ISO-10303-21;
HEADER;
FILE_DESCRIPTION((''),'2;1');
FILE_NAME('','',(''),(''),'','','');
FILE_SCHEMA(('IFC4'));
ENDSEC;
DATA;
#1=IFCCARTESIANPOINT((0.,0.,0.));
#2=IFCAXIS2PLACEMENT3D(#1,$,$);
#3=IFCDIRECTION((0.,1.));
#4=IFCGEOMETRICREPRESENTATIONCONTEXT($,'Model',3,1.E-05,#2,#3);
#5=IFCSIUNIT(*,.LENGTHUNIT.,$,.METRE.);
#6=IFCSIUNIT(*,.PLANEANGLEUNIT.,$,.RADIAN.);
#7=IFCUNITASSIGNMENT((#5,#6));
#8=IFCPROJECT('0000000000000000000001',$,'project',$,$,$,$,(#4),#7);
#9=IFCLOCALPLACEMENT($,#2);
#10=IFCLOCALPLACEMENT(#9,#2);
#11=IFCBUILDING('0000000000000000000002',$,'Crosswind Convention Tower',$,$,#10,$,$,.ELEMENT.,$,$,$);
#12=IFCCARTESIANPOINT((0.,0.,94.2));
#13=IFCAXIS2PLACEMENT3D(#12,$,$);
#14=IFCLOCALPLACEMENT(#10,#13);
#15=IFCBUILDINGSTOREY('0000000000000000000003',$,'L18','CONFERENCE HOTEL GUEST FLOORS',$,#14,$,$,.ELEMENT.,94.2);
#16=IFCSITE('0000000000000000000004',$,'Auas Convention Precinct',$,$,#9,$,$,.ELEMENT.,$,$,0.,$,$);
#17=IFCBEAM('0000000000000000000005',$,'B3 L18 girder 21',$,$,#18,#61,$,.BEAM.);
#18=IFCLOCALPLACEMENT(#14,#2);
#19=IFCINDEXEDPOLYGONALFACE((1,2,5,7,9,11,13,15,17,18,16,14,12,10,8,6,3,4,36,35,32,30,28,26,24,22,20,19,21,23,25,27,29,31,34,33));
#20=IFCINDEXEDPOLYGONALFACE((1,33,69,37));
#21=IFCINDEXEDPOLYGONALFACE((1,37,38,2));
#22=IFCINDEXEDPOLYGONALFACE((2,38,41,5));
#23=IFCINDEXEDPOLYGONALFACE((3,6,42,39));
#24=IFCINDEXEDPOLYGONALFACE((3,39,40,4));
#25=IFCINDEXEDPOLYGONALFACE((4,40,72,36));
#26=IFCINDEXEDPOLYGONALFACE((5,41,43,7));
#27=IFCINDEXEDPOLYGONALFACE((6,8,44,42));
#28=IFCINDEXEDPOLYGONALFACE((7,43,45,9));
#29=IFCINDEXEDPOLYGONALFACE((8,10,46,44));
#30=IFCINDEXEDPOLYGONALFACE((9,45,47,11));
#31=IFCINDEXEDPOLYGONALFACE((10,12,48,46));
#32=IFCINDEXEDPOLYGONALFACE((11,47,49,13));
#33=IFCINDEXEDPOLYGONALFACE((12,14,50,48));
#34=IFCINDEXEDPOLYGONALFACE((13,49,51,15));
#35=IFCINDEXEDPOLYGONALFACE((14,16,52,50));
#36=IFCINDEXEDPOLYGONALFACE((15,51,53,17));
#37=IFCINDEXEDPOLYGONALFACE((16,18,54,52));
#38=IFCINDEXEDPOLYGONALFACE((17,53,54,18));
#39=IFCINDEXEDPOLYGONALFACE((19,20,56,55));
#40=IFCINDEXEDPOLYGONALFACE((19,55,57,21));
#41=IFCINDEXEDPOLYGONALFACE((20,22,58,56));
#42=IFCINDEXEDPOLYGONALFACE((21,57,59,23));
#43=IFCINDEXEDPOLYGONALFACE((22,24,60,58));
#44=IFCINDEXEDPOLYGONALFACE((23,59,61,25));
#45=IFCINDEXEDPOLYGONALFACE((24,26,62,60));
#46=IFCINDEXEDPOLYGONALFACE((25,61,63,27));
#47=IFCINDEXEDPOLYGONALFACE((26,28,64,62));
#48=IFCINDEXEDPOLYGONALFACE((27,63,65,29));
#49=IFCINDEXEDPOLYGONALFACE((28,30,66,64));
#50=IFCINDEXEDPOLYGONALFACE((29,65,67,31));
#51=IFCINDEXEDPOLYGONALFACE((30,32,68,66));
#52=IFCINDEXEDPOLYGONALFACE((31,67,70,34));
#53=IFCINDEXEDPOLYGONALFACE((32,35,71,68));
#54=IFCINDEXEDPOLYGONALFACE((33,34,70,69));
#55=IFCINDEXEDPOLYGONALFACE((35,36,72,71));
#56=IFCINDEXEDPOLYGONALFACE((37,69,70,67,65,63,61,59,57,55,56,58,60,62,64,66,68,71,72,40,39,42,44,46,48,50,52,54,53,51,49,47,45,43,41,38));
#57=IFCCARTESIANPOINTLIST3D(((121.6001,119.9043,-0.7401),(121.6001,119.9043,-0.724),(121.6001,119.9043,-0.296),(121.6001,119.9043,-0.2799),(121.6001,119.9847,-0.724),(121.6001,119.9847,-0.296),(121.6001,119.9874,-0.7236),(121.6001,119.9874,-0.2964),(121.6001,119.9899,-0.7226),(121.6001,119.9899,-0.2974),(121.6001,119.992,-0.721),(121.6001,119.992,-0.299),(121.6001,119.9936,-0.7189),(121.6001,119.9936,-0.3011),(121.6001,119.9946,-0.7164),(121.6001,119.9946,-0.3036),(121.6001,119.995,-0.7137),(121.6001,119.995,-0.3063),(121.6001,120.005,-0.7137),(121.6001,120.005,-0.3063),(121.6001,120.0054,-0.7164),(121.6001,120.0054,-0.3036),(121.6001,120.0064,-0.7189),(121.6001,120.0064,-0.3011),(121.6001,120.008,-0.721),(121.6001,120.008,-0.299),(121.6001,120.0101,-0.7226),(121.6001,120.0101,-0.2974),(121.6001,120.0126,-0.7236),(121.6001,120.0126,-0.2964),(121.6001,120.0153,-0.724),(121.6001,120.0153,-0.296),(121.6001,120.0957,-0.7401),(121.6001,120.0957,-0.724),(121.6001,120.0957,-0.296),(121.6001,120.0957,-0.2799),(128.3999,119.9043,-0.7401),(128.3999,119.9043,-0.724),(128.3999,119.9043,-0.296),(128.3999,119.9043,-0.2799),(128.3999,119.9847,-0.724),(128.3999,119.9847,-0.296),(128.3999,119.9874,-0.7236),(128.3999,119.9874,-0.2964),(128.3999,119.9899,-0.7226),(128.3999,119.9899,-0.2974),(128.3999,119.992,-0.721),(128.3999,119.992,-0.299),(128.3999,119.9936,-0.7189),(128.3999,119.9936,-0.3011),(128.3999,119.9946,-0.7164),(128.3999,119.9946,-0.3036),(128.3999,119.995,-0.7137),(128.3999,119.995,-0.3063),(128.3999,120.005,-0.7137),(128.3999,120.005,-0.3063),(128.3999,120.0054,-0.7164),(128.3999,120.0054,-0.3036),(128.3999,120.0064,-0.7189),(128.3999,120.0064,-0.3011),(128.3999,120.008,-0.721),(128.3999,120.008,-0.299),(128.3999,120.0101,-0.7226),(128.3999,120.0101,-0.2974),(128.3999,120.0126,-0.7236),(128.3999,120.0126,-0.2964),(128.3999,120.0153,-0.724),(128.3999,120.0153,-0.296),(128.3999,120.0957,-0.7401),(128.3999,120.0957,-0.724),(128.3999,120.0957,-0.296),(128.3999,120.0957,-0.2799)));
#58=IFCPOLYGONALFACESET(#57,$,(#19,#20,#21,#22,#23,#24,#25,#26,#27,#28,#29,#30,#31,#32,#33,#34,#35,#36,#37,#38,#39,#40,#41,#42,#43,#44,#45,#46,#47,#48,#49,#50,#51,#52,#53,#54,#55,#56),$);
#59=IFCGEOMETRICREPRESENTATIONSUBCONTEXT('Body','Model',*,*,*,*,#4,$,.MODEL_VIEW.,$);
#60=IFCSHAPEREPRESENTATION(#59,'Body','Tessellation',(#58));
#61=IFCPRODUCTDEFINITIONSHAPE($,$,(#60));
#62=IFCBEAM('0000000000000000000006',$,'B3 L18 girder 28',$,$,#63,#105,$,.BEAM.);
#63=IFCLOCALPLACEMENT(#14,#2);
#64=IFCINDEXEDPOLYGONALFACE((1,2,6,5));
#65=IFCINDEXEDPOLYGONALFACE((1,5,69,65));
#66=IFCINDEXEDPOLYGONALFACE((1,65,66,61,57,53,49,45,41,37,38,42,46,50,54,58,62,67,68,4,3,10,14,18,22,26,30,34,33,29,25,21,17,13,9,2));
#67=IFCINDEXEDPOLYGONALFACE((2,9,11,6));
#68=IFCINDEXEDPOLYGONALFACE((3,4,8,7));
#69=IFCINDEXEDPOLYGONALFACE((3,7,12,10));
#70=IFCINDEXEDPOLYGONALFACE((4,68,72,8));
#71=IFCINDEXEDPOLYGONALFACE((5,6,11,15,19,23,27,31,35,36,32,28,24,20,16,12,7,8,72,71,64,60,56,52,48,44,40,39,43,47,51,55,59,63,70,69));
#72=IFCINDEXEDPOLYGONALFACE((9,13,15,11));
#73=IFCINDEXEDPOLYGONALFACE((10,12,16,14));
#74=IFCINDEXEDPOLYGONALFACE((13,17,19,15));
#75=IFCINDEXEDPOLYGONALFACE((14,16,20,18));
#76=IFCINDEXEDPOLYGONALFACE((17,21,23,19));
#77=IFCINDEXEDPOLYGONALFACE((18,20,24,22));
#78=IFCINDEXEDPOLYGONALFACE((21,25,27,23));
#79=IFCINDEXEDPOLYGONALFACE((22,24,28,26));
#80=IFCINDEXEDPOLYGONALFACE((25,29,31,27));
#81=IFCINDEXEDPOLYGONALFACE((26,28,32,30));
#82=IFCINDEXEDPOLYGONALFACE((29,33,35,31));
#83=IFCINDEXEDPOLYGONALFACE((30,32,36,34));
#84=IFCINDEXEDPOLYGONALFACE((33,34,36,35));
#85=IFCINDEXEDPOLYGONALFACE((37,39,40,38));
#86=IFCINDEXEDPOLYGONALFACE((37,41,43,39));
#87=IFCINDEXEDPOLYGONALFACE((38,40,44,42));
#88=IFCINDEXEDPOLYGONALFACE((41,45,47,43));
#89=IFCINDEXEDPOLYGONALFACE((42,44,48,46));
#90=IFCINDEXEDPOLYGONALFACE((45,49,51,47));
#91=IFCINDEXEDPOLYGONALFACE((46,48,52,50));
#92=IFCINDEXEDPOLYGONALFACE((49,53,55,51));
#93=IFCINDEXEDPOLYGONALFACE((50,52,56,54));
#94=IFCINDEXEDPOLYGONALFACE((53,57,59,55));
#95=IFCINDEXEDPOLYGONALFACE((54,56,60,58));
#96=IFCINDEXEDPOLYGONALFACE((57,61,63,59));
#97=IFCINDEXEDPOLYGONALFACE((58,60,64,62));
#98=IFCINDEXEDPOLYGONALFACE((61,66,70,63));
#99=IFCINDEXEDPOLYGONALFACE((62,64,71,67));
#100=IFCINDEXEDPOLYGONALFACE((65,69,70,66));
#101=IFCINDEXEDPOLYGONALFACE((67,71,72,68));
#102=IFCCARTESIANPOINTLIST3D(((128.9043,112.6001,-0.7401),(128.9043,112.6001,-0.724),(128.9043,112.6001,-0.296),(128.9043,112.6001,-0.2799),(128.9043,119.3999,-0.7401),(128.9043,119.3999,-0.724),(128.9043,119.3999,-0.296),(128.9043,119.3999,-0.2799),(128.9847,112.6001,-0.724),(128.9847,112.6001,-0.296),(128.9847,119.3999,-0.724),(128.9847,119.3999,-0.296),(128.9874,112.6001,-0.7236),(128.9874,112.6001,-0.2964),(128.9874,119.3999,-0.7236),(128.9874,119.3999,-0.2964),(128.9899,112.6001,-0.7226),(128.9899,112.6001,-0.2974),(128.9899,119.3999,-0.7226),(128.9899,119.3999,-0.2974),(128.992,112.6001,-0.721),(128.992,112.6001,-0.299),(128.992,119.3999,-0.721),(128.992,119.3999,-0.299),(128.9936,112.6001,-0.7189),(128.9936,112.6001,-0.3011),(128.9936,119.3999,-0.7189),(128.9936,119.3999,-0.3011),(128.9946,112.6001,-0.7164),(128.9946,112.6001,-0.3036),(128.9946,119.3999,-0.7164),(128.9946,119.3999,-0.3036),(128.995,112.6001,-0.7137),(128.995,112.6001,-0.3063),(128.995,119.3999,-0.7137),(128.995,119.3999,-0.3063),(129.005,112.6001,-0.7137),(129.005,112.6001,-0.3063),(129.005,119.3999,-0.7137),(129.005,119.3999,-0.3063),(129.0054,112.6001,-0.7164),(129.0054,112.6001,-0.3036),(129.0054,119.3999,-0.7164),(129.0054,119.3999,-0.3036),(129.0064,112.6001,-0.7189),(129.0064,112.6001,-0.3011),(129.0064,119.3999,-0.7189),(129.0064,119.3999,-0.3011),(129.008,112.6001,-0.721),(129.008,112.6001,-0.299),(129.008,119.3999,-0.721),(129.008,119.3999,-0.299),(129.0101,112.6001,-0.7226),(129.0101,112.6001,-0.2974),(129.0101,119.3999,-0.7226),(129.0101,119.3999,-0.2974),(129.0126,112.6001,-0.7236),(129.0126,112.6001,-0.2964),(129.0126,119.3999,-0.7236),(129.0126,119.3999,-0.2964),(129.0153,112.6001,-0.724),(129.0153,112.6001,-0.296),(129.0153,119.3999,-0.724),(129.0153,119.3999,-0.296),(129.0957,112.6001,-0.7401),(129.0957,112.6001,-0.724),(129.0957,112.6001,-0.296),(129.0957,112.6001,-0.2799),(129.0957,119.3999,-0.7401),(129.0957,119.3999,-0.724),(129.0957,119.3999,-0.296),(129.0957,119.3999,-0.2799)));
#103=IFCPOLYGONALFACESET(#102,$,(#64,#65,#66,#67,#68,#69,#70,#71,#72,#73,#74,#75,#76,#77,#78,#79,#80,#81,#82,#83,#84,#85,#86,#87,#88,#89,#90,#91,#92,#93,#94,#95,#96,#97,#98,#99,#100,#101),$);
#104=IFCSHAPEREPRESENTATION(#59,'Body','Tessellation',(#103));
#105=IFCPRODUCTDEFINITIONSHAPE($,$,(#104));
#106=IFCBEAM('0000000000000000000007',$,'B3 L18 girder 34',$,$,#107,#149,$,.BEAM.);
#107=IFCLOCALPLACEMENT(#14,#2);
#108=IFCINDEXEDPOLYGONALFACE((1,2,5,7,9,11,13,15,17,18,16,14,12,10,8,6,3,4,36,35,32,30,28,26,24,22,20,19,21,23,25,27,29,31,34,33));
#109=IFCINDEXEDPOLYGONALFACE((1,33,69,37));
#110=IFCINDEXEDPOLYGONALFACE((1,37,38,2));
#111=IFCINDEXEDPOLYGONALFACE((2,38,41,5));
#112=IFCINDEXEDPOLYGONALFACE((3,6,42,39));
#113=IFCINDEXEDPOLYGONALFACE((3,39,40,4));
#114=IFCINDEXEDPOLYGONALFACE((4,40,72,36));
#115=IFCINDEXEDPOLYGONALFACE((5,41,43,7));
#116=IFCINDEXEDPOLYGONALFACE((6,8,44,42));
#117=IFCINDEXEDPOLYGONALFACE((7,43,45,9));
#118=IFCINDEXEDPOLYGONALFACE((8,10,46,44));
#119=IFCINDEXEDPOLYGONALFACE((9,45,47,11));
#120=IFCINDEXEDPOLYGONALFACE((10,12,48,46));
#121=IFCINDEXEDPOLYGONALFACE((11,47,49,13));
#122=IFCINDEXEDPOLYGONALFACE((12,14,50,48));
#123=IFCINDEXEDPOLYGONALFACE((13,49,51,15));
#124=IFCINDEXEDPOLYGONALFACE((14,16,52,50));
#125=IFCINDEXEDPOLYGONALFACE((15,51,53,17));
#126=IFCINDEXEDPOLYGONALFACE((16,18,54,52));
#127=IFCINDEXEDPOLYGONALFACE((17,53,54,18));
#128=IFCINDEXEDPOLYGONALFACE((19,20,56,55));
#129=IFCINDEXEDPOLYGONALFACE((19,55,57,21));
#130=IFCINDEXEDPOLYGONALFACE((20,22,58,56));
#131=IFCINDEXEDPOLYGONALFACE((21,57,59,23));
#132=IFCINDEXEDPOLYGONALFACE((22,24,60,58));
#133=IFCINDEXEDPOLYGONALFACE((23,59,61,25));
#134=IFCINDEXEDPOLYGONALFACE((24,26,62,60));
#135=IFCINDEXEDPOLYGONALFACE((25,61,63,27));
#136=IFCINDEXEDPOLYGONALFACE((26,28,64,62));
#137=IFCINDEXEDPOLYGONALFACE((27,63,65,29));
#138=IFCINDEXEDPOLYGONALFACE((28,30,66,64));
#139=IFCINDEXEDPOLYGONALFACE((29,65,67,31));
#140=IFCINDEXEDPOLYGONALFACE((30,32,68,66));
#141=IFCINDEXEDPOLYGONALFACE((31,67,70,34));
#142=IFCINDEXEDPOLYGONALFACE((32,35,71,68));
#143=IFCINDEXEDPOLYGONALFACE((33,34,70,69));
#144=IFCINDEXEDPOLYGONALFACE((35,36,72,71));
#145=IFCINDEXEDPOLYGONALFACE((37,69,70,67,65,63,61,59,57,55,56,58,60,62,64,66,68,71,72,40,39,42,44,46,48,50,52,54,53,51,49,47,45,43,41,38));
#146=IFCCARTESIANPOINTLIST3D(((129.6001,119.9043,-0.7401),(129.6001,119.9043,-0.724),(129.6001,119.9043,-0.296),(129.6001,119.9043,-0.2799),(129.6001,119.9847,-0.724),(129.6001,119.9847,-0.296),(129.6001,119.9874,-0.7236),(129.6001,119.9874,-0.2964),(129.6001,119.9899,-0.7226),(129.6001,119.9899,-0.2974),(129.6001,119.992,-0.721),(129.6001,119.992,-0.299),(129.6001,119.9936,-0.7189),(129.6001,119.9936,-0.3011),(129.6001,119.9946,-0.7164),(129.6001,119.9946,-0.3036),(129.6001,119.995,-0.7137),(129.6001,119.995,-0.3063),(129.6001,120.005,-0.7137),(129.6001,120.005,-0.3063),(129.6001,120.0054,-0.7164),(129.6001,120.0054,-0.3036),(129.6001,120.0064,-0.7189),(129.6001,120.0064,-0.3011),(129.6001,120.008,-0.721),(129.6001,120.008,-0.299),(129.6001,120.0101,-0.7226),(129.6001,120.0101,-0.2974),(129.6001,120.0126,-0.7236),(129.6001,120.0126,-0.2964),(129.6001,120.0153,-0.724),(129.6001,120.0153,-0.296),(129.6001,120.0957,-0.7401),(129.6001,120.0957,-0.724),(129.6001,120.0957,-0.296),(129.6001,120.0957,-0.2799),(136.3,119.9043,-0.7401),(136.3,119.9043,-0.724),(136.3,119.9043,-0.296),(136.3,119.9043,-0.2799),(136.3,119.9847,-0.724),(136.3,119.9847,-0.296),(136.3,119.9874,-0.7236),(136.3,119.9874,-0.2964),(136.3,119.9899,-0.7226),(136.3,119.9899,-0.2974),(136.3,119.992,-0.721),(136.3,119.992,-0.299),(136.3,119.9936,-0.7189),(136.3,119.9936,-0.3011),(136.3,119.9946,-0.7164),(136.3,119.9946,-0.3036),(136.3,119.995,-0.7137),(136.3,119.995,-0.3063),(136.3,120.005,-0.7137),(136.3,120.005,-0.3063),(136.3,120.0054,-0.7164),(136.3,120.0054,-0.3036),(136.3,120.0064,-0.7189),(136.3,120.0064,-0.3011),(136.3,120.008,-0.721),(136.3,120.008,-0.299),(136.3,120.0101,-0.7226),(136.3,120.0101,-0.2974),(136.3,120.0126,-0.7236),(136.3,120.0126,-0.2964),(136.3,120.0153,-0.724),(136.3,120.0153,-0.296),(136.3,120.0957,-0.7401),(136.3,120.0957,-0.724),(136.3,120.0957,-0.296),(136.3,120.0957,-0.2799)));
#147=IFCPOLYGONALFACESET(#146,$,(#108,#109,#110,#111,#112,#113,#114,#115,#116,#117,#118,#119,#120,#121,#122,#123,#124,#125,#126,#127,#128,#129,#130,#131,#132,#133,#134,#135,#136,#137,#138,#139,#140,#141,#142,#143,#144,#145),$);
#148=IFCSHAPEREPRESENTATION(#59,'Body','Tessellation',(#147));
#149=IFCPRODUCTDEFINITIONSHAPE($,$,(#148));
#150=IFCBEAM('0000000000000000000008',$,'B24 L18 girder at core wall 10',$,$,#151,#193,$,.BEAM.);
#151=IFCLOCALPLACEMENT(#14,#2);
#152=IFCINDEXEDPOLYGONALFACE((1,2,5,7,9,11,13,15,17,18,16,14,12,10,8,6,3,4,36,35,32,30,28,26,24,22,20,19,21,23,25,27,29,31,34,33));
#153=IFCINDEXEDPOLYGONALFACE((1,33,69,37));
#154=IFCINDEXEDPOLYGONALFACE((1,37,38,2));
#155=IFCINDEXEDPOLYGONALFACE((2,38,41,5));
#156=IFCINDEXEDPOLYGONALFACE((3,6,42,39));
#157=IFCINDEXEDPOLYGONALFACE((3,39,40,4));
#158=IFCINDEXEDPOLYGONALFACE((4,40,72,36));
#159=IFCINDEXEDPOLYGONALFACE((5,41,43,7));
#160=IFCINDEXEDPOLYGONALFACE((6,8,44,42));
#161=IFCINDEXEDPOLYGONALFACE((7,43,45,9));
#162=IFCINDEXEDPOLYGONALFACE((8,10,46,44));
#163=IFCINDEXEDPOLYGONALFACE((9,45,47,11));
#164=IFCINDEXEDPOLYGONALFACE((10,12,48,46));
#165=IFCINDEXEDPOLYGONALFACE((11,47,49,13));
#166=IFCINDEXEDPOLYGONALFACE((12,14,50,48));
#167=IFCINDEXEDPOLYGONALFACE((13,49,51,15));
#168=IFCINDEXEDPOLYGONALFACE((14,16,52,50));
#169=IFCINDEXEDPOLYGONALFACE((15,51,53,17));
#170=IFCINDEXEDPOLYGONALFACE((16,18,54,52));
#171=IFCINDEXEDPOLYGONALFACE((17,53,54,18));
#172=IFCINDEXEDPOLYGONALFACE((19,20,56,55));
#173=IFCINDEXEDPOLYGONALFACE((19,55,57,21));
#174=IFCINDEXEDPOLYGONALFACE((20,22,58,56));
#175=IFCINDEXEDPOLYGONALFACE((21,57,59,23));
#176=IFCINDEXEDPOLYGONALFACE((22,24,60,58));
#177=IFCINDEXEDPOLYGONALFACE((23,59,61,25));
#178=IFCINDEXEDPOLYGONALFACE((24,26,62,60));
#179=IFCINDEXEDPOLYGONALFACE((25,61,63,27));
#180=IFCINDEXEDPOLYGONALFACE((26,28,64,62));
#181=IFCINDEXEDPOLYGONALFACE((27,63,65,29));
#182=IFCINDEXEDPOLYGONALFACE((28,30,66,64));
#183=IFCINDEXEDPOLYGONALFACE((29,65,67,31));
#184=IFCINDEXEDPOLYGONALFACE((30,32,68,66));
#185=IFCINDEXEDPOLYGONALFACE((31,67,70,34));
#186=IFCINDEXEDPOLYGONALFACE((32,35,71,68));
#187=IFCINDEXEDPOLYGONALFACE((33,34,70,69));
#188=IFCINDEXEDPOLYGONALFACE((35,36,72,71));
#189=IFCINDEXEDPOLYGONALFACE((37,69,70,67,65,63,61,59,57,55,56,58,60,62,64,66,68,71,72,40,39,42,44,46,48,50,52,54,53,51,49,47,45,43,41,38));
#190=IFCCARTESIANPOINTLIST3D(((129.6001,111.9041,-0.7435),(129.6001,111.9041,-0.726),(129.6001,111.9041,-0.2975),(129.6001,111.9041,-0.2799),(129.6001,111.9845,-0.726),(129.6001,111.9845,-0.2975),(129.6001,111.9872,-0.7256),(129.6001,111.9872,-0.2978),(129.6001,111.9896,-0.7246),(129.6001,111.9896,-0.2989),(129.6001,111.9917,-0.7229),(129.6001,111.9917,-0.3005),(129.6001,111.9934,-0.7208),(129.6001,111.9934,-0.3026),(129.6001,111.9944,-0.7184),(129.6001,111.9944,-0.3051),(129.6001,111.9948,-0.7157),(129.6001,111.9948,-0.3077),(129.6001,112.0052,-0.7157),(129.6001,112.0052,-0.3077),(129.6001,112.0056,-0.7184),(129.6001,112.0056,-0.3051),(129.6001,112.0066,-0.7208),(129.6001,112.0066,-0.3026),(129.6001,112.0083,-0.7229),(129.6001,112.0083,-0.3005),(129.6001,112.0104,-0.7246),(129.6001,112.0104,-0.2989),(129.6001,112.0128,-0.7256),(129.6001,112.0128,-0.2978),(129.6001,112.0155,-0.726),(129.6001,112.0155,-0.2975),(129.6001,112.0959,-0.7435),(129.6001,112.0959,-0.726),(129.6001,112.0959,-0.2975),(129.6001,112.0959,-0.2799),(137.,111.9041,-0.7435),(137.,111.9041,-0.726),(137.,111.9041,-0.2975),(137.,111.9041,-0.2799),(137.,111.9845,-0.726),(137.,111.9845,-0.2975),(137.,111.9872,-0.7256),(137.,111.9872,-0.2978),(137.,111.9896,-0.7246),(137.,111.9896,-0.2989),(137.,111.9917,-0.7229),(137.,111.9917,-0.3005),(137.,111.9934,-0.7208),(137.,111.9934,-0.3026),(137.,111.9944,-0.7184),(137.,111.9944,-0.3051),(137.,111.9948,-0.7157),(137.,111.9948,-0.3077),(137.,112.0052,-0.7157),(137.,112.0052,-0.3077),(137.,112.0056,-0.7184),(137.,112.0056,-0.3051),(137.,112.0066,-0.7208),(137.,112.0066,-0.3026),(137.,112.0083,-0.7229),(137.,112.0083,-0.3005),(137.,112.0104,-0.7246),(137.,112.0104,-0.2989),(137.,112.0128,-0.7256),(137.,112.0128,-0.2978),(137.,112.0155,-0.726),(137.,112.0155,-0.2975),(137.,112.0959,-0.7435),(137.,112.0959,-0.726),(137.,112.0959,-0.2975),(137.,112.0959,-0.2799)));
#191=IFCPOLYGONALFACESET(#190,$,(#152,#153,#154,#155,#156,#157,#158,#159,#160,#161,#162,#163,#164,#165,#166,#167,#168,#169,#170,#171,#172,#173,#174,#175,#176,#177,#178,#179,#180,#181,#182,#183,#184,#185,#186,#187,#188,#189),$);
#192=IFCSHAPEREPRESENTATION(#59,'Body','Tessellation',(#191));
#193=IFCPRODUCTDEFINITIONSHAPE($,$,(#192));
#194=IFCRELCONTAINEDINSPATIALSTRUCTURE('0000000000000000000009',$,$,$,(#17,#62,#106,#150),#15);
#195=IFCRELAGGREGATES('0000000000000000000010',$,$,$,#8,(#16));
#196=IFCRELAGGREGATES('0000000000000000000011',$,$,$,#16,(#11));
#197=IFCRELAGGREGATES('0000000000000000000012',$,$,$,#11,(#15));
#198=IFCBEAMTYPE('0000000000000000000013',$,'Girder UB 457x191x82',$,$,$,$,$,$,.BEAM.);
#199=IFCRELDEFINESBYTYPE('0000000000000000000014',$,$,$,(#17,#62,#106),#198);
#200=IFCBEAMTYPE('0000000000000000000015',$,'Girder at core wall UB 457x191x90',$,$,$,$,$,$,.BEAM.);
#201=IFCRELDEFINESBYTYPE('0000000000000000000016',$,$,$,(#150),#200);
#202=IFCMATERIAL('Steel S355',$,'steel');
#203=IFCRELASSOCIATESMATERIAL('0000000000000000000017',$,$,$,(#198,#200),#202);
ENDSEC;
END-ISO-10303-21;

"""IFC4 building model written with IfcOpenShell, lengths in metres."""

from ifc_helpers import new_model, si_unit, direction, frame, origin, origin_2d, place, context, subcontext, project, spatial, i_section, extrude, material, material_profile, profile_set, type_object, element, save


model = new_model("IFC4")

# Units and contexts
model_context = context("Model", 3, precision=1e-05, world=origin(), true_north=direction((0.0, 1.0)))
body_context = subcontext(model_context, "Body", "Model", "MODEL_VIEW")
ifc_project = project(units=[si_unit("LENGTHUNIT", "METRE"), si_unit("PLANEANGLEUNIT", "RADIAN")], contexts=[model_context])

# Site, building, storey
site_placement = place(None, origin())
site = spatial("IfcSite", under=ifc_project, at=site_placement, Name="Auas Convention Precinct", CompositionType="ELEMENT", RefElevation=0.0)
building_placement = place(site_placement, origin())
building = spatial("IfcBuilding", under=site, at=building_placement, Name="Crosswind Convention Tower", CompositionType="ELEMENT")
storey_placement = place(building_placement, frame((0.0, 0.0, 94.2)))
storey = spatial("IfcBuildingStorey", under=building, at=storey_placement, Name="L18", Description="CONFERENCE HOTEL GUEST FLOORS", CompositionType="ELEMENT", Elevation=94.2)

# Beams
ifc_material_1 = material(Name="Steel S355", Category="steel")
ifc_material_profile_1 = material_profile(ifc_material_1, i_section(OverallWidth=0.1914, OverallDepth=0.4602, WebThickness=0.01, FlangeThickness=0.0161, FilletRadius=0.0103, at=origin_2d()), Name="UB 457x191x82")
ifc_profile_set_1 = profile_set([ifc_material_profile_1], Name="Steel S355")
beam_type_1 = type_object("IfcBeamType", Name="Girder UB 457x191x82", PredefinedType="BEAM", material=ifc_profile_set_1)
for number, where, z_axis, x_axis, name in (
    (1, (121.6001, 120.0, -0.51), (1.0, 0.0, 0.0), (0.0, 1.0, 0.0), "B3 L18 girder 21"),
    (2, (129.0, 112.6001, -0.51), (0.0, 1.0, 0.0), (-1.0, 0.0, 0.0), "B3 L18 girder 28"),
):
    element("IfcBeam", number, at=place(storey_placement, frame(where, z_axis=z_axis, x_axis=x_axis)), inside=storey, type_object=beam_type_1, Name=name, PredefinedType="BEAM", context=body_context, shape_type="SweptSolid", body=[
        extrude(i_section(OverallWidth=0.1914, OverallDepth=0.4602, WebThickness=0.01, FlangeThickness=0.0161, FilletRadius=0.0103, at=origin_2d()), origin(), (0.0, 0.0, 1.0), 6.7998),
    ])
beam_1_placement = place(storey_placement, frame((129.6001, 120.0, -0.51), z_axis=(1.0, 0.0, 0.0), x_axis=(0.0, 1.0, 0.0)))
element("IfcBeam", 3, at=beam_1_placement, inside=storey, type_object=beam_type_1, Name="B3 L18 girder 34", PredefinedType="BEAM", context=body_context, shape_type="SweptSolid", body=[
    extrude(i_section(OverallWidth=0.1914, OverallDepth=0.4602, WebThickness=0.01, FlangeThickness=0.0161, FilletRadius=0.0103, at=origin_2d()), origin(), (0.0, 0.0, 1.0), 6.7),
])
ifc_material_profile_2 = material_profile(ifc_material_1, i_section(OverallWidth=0.1919, OverallDepth=0.4636, WebThickness=0.0105, FlangeThickness=0.0176, FilletRadius=0.0103, at=origin_2d()), Name="UB 457x191x90")
ifc_profile_set_2 = profile_set([ifc_material_profile_2], Name="Steel S355")
beam_type_2 = type_object("IfcBeamType", Name="Girder at core wall UB 457x191x90", PredefinedType="BEAM", material=ifc_profile_set_2)
beam_2_placement = place(storey_placement, frame((129.6001, 112.0, -0.5117), z_axis=(1.0, 0.0, 0.0), x_axis=(0.0, 1.0, 0.0)))
element("IfcBeam", 4, at=beam_2_placement, inside=storey, type_object=beam_type_2, Name="B24 L18 girder at core wall 10", PredefinedType="BEAM", context=body_context, shape_type="SweptSolid", body=[
    extrude(i_section(OverallWidth=0.1919, OverallDepth=0.4636, WebThickness=0.0105, FlangeThickness=0.0176, FilletRadius=0.0103, at=origin_2d()), origin(), (0.0, 0.0, 1.0), 7.3999),
])

save(model, "model.ifc")
